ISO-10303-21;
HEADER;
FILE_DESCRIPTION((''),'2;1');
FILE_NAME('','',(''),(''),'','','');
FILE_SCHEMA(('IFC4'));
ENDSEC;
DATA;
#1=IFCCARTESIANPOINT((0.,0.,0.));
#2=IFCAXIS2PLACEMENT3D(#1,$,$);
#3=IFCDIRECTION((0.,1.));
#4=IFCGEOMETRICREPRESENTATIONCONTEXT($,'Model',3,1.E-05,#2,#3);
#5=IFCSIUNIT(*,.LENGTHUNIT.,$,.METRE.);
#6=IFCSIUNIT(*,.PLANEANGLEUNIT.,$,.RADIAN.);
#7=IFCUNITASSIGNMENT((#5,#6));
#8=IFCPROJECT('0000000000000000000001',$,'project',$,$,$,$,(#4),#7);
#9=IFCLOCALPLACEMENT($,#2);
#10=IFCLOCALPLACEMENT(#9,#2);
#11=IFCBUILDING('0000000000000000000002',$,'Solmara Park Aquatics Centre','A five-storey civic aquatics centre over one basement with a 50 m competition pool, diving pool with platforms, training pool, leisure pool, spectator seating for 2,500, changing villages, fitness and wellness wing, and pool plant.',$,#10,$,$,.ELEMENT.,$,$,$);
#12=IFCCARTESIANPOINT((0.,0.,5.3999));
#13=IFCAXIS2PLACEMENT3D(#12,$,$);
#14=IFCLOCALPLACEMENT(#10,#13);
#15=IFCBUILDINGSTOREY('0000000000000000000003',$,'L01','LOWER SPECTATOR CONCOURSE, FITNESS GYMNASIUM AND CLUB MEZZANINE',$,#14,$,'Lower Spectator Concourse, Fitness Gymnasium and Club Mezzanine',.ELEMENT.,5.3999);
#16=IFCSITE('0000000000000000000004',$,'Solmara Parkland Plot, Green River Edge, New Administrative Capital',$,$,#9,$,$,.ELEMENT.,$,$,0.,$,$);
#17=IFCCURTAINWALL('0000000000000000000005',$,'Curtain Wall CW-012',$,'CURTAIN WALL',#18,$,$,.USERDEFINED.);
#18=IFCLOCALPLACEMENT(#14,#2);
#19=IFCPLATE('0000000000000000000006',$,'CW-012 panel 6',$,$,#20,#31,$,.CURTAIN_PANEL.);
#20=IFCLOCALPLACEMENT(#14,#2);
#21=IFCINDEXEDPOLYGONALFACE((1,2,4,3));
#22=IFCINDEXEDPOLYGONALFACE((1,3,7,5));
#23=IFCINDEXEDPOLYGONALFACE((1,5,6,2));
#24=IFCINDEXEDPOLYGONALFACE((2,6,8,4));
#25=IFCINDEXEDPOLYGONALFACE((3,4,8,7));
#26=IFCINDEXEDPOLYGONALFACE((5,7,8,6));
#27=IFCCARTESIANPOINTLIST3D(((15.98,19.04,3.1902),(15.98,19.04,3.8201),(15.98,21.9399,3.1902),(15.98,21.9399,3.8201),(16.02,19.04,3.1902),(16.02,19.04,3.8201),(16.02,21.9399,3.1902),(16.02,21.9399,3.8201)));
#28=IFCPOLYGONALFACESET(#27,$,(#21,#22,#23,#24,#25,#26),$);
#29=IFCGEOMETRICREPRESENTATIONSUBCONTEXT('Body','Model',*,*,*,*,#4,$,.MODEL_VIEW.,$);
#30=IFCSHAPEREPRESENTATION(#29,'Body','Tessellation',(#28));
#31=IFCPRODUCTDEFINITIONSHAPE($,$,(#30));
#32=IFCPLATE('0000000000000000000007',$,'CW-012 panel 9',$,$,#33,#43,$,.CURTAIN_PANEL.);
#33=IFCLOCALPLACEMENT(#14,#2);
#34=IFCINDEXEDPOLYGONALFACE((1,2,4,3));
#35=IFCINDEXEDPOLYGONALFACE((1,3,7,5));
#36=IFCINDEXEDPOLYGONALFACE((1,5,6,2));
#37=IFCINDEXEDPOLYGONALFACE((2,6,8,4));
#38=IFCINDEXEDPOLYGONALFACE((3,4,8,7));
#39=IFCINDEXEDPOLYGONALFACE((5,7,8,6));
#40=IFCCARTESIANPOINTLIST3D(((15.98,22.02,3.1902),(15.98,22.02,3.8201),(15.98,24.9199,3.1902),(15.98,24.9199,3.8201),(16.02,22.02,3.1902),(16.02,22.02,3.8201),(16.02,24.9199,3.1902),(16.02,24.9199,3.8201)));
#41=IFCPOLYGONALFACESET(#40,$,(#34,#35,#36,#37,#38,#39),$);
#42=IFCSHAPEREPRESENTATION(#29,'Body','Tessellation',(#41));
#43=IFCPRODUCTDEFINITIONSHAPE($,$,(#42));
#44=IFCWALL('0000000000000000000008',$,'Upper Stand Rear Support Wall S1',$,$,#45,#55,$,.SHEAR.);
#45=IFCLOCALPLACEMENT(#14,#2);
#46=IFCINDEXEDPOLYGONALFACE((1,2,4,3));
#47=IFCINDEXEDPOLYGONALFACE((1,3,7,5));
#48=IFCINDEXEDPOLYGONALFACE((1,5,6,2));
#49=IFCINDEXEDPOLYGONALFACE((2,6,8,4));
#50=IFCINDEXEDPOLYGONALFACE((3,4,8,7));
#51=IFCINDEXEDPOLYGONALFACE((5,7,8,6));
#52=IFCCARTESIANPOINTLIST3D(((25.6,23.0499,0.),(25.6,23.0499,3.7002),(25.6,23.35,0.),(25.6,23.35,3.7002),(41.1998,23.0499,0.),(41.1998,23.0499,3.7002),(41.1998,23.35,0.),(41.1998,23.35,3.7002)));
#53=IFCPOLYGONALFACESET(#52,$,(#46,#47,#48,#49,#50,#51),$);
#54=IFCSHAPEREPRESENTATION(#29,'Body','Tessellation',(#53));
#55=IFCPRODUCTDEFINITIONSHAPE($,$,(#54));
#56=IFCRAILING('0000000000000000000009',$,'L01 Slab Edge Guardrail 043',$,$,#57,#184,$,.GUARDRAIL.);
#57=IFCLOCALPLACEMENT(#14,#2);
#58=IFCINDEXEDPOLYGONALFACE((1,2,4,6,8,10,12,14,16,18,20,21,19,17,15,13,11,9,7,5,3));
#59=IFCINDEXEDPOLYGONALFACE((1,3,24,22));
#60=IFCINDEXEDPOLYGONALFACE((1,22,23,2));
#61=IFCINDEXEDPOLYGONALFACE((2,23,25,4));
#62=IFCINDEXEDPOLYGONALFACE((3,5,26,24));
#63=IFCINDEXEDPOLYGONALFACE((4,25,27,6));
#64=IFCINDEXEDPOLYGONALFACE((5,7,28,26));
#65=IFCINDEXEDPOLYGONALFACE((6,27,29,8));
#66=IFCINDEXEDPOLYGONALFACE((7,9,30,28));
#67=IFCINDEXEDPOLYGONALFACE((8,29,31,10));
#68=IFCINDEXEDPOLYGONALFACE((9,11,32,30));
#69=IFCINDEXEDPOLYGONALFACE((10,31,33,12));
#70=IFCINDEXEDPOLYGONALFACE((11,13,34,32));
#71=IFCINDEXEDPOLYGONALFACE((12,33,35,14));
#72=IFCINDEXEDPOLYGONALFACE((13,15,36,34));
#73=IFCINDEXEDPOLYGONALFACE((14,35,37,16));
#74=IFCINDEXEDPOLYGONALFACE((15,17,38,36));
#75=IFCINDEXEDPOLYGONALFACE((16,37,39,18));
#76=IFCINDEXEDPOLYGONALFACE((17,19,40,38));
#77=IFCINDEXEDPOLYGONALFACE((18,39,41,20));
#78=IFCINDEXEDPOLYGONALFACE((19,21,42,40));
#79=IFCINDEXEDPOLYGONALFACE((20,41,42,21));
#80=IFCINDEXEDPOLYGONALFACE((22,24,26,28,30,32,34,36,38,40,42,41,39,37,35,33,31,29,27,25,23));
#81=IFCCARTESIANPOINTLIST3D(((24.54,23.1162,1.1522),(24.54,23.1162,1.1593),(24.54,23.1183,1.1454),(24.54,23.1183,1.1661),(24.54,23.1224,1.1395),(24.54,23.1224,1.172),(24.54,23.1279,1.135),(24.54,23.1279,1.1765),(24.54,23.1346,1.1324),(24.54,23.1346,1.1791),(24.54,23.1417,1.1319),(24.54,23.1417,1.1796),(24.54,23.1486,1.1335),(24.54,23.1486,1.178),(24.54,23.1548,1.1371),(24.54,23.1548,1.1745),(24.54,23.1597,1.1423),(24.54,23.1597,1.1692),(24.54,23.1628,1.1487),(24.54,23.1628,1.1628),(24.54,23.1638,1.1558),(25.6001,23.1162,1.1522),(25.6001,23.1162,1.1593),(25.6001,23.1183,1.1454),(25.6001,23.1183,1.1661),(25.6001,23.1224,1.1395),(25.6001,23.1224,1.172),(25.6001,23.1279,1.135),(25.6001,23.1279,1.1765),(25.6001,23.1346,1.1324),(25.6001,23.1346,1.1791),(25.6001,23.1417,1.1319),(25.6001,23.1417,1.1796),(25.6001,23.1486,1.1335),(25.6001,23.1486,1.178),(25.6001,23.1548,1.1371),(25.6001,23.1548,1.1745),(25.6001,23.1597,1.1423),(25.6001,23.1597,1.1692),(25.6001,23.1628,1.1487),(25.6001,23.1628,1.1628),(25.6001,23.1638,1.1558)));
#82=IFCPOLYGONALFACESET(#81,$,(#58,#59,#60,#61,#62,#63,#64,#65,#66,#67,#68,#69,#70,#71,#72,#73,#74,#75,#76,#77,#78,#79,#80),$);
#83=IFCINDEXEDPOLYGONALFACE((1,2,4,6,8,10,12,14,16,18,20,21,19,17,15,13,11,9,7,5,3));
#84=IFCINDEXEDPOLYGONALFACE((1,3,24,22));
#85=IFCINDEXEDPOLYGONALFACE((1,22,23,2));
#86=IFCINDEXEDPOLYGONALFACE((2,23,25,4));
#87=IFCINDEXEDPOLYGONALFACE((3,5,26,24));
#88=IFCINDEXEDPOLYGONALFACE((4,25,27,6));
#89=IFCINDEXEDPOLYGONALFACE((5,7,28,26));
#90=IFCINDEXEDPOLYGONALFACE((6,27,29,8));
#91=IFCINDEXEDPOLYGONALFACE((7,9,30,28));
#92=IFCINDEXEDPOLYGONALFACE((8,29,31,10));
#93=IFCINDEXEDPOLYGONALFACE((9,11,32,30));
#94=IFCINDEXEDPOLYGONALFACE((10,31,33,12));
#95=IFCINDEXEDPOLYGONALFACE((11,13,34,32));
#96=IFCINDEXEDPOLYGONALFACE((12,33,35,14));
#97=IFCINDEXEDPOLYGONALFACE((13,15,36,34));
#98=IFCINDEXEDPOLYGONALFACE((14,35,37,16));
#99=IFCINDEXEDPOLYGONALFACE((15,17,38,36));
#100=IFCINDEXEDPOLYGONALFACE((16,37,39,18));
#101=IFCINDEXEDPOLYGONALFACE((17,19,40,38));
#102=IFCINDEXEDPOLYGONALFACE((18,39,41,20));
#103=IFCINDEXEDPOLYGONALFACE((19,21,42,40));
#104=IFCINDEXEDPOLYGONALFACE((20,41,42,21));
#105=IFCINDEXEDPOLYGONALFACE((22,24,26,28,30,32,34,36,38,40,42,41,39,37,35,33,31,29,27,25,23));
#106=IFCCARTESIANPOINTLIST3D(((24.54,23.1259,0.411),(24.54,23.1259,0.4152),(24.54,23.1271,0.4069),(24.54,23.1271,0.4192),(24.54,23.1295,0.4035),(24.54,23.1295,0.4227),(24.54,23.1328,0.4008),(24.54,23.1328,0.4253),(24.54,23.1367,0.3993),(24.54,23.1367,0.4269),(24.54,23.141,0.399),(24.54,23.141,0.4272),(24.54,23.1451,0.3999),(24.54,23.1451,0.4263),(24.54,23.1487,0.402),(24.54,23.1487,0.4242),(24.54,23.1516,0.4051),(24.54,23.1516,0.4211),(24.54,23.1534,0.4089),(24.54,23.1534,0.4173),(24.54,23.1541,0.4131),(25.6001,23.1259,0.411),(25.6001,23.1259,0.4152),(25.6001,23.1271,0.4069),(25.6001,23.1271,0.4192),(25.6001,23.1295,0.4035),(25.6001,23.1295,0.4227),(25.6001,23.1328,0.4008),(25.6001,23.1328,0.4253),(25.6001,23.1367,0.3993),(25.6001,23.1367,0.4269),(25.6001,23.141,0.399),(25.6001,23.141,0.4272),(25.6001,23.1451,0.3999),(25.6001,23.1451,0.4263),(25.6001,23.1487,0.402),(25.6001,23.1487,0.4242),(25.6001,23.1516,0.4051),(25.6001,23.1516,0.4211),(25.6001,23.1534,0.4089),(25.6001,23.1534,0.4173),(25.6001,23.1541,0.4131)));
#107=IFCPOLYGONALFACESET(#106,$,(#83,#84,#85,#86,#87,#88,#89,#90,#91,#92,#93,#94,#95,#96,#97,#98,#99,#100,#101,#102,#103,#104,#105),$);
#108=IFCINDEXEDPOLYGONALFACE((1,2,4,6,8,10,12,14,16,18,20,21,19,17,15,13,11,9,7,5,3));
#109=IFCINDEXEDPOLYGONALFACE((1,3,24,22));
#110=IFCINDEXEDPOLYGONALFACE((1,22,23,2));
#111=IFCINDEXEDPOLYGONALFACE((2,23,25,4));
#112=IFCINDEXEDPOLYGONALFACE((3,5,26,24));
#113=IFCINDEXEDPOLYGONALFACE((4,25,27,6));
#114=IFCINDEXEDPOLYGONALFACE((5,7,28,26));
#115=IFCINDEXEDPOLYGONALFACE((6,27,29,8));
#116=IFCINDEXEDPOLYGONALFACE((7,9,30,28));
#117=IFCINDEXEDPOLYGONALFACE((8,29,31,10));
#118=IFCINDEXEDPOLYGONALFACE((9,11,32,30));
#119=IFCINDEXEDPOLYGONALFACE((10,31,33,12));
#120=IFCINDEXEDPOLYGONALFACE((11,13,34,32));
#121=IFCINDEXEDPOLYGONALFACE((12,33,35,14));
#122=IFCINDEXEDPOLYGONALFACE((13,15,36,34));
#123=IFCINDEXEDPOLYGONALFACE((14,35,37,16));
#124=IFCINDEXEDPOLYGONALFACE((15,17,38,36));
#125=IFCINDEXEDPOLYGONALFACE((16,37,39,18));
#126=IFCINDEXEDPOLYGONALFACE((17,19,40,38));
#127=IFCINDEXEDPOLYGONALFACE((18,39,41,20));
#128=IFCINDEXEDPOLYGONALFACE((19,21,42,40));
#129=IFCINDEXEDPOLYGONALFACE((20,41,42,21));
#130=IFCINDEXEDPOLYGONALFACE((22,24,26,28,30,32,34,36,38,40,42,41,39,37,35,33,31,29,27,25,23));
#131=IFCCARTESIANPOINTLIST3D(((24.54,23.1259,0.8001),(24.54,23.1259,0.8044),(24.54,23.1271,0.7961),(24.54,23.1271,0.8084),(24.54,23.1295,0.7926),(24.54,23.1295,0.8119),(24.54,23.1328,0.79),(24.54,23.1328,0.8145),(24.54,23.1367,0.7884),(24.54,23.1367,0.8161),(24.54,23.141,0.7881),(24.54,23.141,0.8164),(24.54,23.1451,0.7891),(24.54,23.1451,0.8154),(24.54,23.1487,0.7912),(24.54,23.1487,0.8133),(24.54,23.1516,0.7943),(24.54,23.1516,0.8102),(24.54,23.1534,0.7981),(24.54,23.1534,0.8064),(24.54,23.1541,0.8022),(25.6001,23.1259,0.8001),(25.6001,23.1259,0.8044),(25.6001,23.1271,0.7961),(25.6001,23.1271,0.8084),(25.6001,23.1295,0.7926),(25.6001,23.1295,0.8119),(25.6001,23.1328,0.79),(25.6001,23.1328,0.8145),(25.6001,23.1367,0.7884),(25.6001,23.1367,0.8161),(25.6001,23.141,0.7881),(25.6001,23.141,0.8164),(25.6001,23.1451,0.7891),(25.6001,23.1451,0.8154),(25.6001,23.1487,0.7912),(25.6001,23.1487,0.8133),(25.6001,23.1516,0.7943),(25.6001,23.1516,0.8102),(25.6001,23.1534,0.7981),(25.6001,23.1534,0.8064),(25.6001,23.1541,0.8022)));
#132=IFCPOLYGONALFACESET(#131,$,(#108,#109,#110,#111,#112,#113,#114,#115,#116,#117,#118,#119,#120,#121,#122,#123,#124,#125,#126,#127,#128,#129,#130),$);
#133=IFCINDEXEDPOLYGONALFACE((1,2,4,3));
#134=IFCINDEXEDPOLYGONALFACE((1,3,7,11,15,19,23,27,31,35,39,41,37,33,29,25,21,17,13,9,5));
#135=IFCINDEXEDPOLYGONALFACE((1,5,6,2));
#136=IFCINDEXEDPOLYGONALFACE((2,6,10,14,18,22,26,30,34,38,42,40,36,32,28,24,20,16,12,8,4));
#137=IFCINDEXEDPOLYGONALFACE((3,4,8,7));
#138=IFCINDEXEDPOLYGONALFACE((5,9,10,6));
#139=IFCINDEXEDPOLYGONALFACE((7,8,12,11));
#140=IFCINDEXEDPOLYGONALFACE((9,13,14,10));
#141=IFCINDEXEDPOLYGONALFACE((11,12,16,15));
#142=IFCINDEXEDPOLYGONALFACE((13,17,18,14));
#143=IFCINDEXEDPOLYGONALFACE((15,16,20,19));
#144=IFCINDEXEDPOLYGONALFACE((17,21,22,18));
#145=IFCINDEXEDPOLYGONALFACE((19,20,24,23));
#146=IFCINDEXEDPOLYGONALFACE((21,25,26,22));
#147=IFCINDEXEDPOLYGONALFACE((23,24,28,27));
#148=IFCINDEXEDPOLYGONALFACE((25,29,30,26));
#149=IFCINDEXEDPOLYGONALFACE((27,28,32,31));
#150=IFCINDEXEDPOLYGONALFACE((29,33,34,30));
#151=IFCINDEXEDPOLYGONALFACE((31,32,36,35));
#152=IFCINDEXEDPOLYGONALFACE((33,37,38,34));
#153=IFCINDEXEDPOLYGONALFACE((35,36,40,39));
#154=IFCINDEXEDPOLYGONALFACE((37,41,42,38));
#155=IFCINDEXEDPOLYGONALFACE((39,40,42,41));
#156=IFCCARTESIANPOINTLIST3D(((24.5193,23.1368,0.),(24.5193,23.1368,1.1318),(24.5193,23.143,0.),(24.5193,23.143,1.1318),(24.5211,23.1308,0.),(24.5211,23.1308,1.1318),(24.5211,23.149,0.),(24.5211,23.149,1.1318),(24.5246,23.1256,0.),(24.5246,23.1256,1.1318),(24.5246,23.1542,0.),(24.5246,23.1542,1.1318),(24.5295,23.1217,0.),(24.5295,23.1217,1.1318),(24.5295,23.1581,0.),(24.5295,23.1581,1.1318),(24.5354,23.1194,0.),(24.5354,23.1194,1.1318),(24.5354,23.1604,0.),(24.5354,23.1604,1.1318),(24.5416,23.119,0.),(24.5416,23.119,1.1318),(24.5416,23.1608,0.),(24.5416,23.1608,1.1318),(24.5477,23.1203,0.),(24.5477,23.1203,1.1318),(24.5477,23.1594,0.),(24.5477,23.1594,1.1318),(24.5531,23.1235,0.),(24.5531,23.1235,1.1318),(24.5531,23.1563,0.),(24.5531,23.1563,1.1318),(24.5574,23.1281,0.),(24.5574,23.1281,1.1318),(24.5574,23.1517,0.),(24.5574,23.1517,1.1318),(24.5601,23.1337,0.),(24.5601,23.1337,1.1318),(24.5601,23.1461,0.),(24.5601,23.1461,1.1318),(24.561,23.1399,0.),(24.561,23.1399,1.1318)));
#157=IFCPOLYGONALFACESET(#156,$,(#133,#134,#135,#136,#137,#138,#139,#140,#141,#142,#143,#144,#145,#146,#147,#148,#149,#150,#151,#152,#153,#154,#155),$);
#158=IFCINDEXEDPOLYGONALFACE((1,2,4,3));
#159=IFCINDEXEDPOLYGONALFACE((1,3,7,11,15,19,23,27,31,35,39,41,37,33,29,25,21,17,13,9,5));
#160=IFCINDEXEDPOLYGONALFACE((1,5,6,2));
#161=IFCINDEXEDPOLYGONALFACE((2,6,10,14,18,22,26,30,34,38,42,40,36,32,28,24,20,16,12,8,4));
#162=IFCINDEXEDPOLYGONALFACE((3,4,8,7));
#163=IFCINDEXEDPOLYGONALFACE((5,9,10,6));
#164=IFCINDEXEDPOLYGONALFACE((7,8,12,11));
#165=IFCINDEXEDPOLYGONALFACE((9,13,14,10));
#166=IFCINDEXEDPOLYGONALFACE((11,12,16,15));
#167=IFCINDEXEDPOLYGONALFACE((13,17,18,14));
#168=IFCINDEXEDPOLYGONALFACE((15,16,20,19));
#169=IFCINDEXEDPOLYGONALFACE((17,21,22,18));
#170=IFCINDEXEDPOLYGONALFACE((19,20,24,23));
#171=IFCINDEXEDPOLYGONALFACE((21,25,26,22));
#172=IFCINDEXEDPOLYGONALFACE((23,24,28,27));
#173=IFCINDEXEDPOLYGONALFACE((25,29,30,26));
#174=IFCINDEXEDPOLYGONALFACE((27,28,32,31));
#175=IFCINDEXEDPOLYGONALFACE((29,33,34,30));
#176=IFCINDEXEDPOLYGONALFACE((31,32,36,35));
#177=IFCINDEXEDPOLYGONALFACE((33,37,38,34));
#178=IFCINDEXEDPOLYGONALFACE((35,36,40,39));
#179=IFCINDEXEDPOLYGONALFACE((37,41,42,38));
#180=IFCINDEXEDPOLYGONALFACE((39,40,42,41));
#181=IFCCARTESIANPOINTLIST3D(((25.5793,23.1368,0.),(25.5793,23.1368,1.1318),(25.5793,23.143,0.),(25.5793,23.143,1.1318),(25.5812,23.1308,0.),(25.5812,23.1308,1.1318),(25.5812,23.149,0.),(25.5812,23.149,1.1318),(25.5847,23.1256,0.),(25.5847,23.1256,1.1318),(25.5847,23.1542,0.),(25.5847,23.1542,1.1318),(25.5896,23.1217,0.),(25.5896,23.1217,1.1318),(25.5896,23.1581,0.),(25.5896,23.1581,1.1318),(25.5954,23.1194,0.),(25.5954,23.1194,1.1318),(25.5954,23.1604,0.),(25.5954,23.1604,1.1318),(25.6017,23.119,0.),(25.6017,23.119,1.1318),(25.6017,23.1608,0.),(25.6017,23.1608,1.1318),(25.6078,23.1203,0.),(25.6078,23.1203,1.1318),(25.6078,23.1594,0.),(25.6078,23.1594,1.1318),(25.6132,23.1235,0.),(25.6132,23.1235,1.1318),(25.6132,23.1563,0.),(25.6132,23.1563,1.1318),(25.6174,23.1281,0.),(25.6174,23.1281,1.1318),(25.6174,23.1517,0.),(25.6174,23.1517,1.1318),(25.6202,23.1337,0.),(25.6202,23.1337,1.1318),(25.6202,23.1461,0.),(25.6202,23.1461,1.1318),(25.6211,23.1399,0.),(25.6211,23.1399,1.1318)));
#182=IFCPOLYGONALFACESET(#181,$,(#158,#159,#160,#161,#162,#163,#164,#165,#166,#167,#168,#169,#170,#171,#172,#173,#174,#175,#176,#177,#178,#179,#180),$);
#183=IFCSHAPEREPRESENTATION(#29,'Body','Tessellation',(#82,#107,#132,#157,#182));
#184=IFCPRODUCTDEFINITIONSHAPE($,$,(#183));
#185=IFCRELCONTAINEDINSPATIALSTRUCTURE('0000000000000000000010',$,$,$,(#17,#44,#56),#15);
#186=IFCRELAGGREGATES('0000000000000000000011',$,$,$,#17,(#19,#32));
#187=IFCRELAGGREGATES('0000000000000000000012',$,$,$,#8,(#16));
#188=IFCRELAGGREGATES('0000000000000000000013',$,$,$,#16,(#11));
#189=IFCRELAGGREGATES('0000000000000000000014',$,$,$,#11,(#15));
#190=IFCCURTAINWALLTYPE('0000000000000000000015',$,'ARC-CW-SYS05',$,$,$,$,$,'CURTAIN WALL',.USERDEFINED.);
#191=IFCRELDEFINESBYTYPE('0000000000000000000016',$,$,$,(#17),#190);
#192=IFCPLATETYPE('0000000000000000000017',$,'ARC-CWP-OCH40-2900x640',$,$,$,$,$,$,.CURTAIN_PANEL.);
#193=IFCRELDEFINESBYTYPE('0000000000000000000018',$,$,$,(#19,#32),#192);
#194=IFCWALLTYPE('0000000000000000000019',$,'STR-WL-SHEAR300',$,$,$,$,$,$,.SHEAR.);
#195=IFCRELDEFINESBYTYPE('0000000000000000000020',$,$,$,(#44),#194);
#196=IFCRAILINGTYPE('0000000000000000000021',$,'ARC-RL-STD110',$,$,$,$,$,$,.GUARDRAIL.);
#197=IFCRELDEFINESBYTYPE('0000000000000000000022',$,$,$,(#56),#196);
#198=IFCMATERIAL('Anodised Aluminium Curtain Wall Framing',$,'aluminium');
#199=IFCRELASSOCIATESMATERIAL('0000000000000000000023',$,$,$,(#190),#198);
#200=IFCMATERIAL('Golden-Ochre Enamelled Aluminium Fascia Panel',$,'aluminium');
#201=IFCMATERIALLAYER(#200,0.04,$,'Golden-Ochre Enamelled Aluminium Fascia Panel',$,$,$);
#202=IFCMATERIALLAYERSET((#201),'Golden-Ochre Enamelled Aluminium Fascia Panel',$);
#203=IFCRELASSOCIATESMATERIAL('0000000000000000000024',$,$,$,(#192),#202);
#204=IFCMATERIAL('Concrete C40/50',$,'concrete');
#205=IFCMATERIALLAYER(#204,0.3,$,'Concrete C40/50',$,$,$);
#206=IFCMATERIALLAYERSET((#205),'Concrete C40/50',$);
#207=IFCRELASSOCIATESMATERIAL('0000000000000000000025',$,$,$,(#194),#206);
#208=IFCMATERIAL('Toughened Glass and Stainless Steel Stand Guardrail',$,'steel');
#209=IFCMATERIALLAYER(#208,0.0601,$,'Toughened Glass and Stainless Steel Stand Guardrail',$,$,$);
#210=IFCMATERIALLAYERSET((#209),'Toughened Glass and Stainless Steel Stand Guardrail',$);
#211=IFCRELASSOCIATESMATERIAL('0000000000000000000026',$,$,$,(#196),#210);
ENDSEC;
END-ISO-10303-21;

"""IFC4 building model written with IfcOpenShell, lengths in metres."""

from ifc_helpers import new_model, si_unit, direction, frame, frame_2d, origin, origin_2d, place, context, subcontext, project, spatial, rectangle, circle, extrude, material, layer, layer_set, type_object, element, aggregate, save


model = new_model("IFC4")

# Units and contexts
model_context = context("Model", 3, precision=1e-05, world=origin(), true_north=direction((0.0, 1.0)))
body_context = subcontext(model_context, "Body", "Model", "MODEL_VIEW")
ifc_project = project(units=[si_unit("LENGTHUNIT", "METRE"), si_unit("PLANEANGLEUNIT", "RADIAN")], contexts=[model_context])

# Site, building, storey
site_placement = place(None, origin())
site = spatial("IfcSite", under=ifc_project, at=site_placement, Name="Solmara Parkland Plot, Green River Edge, New Administrative Capital", CompositionType="ELEMENT", RefElevation=0.0)
building_placement = place(site_placement, origin())
building = spatial("IfcBuilding", under=site, at=building_placement, Name="Solmara Park Aquatics Centre", Description="A five-storey civic aquatics centre over one basement with a 50 m competition pool, diving pool with platforms, training pool, leisure pool, spectator seating for 2,500, changing villages, fitness and wellness wing, and pool plant.", CompositionType="ELEMENT")
storey_placement = place(building_placement, frame((0.0, 0.0, 5.3999)))
storey = spatial("IfcBuildingStorey", under=building, at=storey_placement, Name="L01", Description="LOWER SPECTATOR CONCOURSE, FITNESS GYMNASIUM AND CLUB MEZZANINE", LongName="Lower Spectator Concourse, Fitness Gymnasium and Club Mezzanine", CompositionType="ELEMENT", Elevation=5.3999)

# Curtain wall
ifc_material_1 = material(Name="Anodised Aluminium Curtain Wall Framing", Category="aluminium")
curtain_wall_type = type_object("IfcCurtainWallType", Name="ARC-CW-SYS05", ElementType="CURTAIN WALL", PredefinedType="USERDEFINED", material=ifc_material_1)
curtain_wall_placement = place(storey_placement, origin())
curtain_wall = element("IfcCurtainWall", 1, at=curtain_wall_placement, inside=storey, type_object=curtain_wall_type, Name="Curtain Wall CW-012", ObjectType="CURTAIN WALL", PredefinedType="USERDEFINED")

# Plates
ifc_material_2 = material(Name="Golden-Ochre Enamelled Aluminium Fascia Panel", Category="aluminium")
ifc_layer_1 = layer(ifc_material_2, 0.04, Name="Golden-Ochre Enamelled Aluminium Fascia Panel")
ifc_layer_set_1 = layer_set([ifc_layer_1], Name="Golden-Ochre Enamelled Aluminium Fascia Panel")
plate_type_1 = type_object("IfcPlateType", Name="ARC-CWP-OCH40-2900x640", PredefinedType="CURTAIN_PANEL", material=ifc_layer_set_1)
plate_1_placement = place(storey_placement, frame((16.0, 20.49, 3.1902), z_axis=(0.0, 0.0, 1.0), x_axis=(0.0, 1.0, 0.0)))
plate_1 = element("IfcPlate", 2, at=plate_1_placement, type_object=plate_type_1, Name="CW-012 panel 6", PredefinedType="CURTAIN_PANEL", context=body_context, shape_type="SweptSolid", body=[
    extrude(rectangle(XDim=2.8999, YDim=0.04, at=origin_2d()), origin(), (0.0, 0.0, 1.0), 0.6299),
])
plate_2_placement = place(storey_placement, frame((16.0, 23.47, 3.1902), z_axis=(0.0, 0.0, 1.0), x_axis=(0.0, 1.0, 0.0)))
plate_2 = element("IfcPlate", 3, at=plate_2_placement, type_object=plate_type_1, Name="CW-012 panel 9", PredefinedType="CURTAIN_PANEL", context=body_context, shape_type="SweptSolid", body=[
    extrude(rectangle(XDim=2.8999, YDim=0.04, at=origin_2d()), origin(), (0.0, 0.0, 1.0), 0.6299),
])
aggregate(curtain_wall, [plate_1, plate_2])

# Wall
ifc_material_3 = material(Name="Concrete C40/50", Category="concrete")
ifc_layer_2 = layer(ifc_material_3, 0.3, Name="Concrete C40/50")
ifc_layer_set_2 = layer_set([ifc_layer_2], Name="Concrete C40/50")
wall_type = type_object("IfcWallType", Name="STR-WL-SHEAR300", PredefinedType="SHEAR", material=ifc_layer_set_2)
wall_placement = place(storey_placement, frame((25.6001, 23.2, 0.0), z_axis=(0.0, 0.0, 1.0), x_axis=(1.0, 0.0, 0.0)))
element("IfcWall", 4, at=wall_placement, inside=storey, type_object=wall_type, Name="Upper Stand Rear Support Wall S1", PredefinedType="SHEAR", context=body_context, shape_type="SweptSolid", body=[
    extrude(rectangle(XDim=15.5999, YDim=0.3, at=frame_2d((7.7998, 0.0))), origin(), (0.0, 0.0, 1.0), 3.7002),
])

# Railing
ifc_material_4 = material(Name="Toughened Glass and Stainless Steel Stand Guardrail", Category="steel")
ifc_layer_3 = layer(ifc_material_4, 0.0601, Name="Toughened Glass and Stainless Steel Stand Guardrail")
ifc_layer_set_3 = layer_set([ifc_layer_3], Name="Toughened Glass and Stainless Steel Stand Guardrail")
railing_type = type_object("IfcRailingType", Name="ARC-RL-STD110", PredefinedType="GUARDRAIL", material=ifc_layer_set_3)
railing_1_placement = place(storey_placement, frame((24.54, 23.1399, 0.0)))
element("IfcRailing", 5, at=railing_1_placement, inside=storey, type_object=railing_type, Name="L01 Slab Edge Guardrail 043", PredefinedType="GUARDRAIL", context=body_context, shape_type="SweptSolid", body=[
    extrude(circle(Radius=0.0239, at=origin_2d()), frame((0.0, 0.0, 1.1558), z_axis=(1.0, 0.0, 0.0), x_axis=(0.0, 1.0, 0.0)), (0.0, 0.0, 1.0), 1.0601),
    extrude(circle(Radius=0.0142, at=origin_2d()), frame((0.0, 0.0, 0.4131), z_axis=(1.0, 0.0, 0.0), x_axis=(0.0, 1.0, 0.0)), (0.0, 0.0, 1.0), 1.0601),
    extrude(circle(Radius=0.0142, at=origin_2d()), frame((0.0, 0.0, 0.8022), z_axis=(1.0, 0.0, 0.0), x_axis=(0.0, 1.0, 0.0)), (0.0, 0.0, 1.0), 1.0601),
    extrude(circle(Radius=0.021, at=origin_2d()), origin(), (0.0, 0.0, 1.0), 1.1318),
    extrude(circle(Radius=0.021, at=origin_2d()), frame((1.0601, 0.0, 0.0)), (0.0, 0.0, 1.0), 1.1318),
])

save(model, "model.ifc")
